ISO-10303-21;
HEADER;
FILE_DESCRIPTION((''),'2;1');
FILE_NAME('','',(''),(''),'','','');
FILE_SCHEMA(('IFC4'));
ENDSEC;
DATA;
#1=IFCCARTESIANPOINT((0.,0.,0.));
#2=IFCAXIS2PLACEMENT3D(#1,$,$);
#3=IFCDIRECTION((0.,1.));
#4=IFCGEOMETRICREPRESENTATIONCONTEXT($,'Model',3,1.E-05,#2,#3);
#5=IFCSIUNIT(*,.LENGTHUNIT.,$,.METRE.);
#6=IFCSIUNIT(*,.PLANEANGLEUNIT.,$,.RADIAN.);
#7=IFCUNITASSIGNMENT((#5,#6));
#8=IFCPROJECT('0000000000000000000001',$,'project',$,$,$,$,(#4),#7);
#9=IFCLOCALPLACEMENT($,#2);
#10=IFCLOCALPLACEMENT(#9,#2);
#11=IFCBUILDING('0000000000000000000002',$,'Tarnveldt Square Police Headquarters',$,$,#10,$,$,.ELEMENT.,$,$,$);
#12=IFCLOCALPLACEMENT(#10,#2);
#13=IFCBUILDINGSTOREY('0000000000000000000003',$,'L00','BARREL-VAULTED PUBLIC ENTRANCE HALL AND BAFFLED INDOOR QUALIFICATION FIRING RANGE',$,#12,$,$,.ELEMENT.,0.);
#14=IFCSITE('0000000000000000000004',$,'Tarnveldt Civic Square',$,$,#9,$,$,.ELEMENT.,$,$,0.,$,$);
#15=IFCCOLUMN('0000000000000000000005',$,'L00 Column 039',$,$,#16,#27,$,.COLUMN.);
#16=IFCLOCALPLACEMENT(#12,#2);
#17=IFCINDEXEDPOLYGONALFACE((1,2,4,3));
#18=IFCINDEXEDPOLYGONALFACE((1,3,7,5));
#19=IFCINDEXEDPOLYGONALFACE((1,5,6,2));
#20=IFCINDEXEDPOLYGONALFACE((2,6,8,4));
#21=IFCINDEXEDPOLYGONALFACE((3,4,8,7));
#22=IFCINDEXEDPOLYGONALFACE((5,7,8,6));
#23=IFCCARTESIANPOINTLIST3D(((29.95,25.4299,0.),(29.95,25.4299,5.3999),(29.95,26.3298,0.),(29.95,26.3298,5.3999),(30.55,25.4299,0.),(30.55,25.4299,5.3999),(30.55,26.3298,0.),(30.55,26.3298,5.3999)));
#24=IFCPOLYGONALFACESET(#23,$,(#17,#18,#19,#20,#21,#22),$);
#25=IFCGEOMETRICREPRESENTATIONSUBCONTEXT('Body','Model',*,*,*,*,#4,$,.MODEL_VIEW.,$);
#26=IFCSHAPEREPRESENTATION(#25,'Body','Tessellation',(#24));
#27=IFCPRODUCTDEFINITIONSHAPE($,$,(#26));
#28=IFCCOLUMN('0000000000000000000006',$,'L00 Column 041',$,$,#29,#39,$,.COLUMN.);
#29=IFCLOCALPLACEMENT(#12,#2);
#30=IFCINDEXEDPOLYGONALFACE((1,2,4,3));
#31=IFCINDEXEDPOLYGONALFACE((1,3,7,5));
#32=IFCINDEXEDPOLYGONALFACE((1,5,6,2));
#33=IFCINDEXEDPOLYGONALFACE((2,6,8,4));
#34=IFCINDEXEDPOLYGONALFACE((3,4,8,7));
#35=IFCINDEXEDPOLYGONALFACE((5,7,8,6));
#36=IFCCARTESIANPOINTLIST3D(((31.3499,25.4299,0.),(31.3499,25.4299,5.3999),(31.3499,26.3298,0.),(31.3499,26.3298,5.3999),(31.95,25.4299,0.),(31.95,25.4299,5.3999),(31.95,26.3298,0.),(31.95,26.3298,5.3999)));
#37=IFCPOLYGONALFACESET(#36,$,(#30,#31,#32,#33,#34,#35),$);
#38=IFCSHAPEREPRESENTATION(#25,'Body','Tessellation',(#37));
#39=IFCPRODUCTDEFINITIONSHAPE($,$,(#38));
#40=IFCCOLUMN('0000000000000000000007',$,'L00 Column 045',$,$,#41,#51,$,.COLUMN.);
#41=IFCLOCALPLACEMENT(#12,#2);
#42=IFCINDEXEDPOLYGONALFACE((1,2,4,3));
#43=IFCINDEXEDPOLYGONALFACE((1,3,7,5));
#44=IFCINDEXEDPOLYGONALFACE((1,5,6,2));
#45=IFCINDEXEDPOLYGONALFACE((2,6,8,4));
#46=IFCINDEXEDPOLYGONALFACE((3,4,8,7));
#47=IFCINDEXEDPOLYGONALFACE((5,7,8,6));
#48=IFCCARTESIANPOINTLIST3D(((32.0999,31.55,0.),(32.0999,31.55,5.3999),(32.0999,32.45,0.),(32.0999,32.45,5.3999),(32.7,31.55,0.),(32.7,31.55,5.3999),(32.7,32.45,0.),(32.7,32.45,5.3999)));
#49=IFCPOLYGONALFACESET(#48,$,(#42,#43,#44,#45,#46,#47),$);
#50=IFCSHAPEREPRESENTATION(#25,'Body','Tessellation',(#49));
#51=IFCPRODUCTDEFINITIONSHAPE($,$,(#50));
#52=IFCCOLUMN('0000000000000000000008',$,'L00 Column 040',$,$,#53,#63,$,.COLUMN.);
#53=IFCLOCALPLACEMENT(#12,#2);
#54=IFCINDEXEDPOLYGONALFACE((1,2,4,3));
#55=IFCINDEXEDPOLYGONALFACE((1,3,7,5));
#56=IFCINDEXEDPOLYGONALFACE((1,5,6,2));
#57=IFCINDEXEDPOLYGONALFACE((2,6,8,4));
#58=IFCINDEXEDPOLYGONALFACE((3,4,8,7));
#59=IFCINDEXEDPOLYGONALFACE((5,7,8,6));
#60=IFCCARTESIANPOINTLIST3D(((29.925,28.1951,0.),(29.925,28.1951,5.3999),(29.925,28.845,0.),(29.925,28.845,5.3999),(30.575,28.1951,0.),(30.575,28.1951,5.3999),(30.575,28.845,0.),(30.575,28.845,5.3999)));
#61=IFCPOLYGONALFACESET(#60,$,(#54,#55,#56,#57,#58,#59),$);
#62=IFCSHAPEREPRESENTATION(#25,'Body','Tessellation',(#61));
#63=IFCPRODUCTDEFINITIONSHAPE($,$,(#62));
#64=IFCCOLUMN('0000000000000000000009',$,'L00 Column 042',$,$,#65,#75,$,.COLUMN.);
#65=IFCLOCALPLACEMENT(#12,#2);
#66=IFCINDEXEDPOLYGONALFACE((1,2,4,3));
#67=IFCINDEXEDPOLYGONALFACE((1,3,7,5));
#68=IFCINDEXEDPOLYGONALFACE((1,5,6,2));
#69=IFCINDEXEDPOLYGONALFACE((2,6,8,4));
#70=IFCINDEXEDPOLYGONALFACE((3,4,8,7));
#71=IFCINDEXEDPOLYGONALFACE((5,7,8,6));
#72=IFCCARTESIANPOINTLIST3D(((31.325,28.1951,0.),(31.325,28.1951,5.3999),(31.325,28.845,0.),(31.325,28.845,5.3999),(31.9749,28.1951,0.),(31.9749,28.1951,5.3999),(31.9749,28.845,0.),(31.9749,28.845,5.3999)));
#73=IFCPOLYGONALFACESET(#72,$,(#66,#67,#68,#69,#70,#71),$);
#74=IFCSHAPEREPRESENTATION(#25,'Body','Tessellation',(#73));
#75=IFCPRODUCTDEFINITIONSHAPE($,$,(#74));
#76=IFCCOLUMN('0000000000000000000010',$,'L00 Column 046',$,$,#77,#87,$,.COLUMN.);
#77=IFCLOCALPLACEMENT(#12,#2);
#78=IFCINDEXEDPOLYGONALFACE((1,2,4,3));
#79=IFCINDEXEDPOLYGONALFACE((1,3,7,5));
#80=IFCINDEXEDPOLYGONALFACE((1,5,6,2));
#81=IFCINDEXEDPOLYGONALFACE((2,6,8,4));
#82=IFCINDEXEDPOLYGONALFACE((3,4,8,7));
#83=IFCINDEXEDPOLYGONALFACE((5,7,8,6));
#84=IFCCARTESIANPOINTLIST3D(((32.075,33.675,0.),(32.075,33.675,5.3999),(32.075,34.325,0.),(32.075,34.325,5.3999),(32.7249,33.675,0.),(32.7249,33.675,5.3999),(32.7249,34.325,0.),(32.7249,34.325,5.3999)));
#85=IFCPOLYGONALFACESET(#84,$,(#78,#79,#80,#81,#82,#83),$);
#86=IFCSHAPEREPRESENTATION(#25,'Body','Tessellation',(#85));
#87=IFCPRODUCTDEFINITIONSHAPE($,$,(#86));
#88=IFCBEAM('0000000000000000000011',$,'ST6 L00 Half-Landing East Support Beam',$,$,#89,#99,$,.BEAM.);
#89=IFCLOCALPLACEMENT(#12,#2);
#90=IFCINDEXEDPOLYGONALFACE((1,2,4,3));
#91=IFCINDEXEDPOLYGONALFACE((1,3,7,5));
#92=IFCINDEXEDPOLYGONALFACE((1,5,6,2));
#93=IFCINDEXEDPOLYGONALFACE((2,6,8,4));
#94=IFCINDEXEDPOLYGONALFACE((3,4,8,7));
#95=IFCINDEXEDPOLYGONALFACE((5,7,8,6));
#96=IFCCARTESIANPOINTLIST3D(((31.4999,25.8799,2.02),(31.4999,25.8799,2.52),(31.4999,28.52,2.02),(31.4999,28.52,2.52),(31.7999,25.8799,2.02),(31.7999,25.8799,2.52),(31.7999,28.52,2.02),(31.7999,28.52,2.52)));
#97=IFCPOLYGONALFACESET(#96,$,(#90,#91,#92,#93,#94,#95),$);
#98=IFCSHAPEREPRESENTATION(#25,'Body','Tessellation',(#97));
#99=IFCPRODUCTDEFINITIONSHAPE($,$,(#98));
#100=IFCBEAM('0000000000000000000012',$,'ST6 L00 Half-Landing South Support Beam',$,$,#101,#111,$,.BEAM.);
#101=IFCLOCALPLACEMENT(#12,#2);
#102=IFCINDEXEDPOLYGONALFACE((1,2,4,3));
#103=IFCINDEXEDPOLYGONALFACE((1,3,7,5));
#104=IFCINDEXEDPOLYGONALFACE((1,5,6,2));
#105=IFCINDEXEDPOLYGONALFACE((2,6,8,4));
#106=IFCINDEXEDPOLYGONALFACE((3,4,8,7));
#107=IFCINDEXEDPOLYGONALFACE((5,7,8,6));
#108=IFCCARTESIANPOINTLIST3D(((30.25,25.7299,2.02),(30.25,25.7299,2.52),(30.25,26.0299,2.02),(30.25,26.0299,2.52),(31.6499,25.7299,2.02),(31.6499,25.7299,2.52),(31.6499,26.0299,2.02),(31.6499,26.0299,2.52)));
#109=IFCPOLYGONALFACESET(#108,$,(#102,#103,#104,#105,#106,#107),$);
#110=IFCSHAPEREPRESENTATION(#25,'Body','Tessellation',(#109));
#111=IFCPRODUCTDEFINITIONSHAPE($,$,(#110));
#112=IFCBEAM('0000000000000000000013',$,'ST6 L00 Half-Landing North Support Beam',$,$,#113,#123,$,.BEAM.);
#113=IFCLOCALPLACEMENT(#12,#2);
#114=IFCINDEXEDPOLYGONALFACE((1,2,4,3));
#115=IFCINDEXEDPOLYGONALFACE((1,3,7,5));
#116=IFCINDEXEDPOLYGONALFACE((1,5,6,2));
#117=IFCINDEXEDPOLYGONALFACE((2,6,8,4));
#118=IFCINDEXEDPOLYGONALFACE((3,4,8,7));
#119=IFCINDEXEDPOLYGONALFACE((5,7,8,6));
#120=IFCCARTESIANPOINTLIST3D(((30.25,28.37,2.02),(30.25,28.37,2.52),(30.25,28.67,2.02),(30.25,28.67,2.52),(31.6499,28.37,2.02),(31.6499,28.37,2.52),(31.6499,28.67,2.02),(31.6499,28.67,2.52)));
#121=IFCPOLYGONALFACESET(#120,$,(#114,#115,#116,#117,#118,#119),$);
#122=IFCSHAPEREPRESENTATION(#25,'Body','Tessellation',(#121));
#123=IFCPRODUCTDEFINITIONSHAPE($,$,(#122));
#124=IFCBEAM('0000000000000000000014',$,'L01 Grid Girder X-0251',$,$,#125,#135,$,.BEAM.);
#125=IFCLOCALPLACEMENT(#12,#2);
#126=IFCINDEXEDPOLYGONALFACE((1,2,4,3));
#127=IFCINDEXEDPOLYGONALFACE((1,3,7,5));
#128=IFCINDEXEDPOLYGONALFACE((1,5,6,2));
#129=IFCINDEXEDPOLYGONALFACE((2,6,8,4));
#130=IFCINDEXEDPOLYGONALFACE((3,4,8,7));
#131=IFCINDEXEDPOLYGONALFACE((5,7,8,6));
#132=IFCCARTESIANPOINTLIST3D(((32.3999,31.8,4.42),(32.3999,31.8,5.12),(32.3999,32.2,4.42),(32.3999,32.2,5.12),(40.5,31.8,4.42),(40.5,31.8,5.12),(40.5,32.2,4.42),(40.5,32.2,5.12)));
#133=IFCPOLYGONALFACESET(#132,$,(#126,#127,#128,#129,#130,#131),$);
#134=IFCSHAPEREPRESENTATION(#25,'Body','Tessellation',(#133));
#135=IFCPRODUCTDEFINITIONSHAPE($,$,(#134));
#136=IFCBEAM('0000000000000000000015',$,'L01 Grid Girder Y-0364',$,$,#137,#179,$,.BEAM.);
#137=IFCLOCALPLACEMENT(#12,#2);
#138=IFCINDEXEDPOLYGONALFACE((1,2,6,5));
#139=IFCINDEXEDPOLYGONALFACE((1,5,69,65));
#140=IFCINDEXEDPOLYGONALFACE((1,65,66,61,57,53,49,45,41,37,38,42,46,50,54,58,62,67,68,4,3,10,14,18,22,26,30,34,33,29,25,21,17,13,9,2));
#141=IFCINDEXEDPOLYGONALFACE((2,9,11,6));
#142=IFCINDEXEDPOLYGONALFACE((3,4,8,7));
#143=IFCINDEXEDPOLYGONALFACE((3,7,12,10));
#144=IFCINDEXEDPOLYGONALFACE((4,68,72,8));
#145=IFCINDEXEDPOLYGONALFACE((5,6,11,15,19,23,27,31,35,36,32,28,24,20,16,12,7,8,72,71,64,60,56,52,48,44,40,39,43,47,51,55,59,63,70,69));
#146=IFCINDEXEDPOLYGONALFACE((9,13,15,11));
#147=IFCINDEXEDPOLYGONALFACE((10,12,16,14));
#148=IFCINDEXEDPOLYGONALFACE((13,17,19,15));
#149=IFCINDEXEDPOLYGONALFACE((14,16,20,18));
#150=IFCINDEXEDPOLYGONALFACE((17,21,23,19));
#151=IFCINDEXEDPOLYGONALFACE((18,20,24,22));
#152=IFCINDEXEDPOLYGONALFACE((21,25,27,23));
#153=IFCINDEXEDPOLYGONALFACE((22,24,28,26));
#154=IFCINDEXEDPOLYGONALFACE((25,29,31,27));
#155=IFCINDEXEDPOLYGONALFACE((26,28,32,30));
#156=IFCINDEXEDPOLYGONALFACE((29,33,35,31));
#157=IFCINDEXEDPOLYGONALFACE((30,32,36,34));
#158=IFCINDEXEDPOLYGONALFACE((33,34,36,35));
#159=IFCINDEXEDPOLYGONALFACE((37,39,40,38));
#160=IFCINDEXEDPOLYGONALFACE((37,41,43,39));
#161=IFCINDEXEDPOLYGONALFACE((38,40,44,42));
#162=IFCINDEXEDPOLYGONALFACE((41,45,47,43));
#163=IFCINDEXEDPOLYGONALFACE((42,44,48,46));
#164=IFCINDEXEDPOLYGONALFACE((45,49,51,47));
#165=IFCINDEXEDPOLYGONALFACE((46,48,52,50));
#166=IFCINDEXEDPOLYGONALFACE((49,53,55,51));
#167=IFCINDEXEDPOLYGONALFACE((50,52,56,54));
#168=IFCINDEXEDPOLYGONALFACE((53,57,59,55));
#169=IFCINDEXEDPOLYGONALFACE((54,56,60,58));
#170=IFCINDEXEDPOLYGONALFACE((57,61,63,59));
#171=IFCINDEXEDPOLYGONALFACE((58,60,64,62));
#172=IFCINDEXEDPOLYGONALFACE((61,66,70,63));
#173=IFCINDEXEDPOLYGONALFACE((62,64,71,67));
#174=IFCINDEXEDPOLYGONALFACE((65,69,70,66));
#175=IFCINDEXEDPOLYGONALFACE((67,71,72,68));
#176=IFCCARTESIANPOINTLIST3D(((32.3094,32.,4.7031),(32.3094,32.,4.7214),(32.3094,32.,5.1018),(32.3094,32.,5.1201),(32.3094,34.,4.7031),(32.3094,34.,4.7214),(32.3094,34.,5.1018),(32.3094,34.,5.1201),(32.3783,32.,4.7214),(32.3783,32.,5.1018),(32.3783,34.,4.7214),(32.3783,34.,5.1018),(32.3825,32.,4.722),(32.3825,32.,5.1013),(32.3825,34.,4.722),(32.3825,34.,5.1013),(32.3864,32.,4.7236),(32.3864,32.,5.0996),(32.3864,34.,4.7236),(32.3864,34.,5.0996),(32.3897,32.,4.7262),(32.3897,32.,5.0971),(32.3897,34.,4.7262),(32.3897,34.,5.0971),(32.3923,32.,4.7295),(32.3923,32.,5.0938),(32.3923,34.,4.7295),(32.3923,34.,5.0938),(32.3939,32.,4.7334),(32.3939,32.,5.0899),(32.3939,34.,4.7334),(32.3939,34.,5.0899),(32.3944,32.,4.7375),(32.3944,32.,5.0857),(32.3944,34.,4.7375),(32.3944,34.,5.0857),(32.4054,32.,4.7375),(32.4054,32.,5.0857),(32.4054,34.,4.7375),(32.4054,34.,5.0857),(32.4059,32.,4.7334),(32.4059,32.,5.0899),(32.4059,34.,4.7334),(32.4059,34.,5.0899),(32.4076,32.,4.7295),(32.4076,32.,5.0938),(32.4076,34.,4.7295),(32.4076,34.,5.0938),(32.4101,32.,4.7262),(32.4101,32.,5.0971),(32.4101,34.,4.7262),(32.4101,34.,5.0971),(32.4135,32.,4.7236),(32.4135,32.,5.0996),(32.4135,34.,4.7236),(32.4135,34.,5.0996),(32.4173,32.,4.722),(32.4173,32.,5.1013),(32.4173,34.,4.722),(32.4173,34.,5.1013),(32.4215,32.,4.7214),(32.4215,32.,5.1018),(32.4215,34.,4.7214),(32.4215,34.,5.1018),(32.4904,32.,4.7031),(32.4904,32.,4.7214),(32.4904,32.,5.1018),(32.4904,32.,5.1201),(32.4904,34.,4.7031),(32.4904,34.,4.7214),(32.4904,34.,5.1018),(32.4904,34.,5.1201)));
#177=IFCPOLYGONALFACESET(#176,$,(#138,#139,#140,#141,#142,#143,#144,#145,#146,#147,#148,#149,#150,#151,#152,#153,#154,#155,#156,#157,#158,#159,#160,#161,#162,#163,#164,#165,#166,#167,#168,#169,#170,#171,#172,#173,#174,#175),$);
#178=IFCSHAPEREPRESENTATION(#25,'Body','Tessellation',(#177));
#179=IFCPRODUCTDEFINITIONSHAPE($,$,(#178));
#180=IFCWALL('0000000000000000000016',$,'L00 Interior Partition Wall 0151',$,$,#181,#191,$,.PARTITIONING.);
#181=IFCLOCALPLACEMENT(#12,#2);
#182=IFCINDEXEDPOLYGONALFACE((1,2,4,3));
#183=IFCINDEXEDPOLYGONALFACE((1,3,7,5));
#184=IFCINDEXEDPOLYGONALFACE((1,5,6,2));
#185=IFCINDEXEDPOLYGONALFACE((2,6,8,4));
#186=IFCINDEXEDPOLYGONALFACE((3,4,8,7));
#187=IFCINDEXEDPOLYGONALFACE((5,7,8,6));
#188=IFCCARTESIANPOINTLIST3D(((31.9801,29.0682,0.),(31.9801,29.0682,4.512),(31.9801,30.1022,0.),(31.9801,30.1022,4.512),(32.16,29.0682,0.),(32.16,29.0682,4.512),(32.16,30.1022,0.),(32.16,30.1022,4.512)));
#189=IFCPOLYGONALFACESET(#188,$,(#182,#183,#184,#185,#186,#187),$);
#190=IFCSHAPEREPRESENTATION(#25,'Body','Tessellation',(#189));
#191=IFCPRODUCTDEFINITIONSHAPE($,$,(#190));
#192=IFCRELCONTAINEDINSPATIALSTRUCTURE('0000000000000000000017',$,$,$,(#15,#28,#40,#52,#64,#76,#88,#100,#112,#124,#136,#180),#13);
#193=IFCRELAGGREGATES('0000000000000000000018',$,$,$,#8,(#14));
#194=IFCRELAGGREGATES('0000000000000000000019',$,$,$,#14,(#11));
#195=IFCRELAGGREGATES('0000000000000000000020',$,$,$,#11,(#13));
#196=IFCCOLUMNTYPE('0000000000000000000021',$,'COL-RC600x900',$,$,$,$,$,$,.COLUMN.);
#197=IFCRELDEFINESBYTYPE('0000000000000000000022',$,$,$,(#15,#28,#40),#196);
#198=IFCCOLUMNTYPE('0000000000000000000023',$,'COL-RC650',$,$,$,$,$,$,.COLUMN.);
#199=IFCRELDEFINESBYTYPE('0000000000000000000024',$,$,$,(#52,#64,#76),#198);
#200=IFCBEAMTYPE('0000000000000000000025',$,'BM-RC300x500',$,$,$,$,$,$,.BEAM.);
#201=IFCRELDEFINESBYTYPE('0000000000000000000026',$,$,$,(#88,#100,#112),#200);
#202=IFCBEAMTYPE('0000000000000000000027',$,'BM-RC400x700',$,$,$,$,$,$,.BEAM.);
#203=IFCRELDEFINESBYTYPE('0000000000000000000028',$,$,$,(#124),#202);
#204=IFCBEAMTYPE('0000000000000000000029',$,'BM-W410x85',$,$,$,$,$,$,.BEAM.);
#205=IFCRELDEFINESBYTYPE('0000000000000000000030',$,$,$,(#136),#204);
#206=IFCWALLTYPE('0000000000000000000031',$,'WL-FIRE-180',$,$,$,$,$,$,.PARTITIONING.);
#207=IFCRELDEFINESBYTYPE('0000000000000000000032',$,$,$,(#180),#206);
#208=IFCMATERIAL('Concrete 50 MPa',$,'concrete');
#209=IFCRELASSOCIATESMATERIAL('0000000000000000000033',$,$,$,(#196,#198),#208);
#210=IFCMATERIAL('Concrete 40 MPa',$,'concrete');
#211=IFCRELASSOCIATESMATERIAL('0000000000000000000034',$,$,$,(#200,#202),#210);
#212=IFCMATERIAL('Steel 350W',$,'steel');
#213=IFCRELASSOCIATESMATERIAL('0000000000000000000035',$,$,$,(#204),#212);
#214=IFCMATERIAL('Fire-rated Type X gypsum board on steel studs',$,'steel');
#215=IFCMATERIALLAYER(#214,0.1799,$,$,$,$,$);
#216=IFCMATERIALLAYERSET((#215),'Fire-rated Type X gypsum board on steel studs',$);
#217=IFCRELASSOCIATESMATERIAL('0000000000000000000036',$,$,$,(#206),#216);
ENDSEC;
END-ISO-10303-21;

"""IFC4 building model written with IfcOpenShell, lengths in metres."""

from ifc_helpers import new_model, si_unit, direction, frame, frame_2d, origin, origin_2d, place, context, subcontext, project, spatial, rectangle, i_section, extrude, material, layer, layer_set, material_profile, profile_set, type_object, element, save


model = new_model("IFC4")

# Units and contexts
model_context = context("Model", 3, precision=1e-05, world=origin(), true_north=direction((0.0, 1.0)))
body_context = subcontext(model_context, "Body", "Model", "MODEL_VIEW")
ifc_project = project(units=[si_unit("LENGTHUNIT", "METRE"), si_unit("PLANEANGLEUNIT", "RADIAN")], contexts=[model_context])

# Site, building, storey
site_placement = place(None, origin())
site = spatial("IfcSite", under=ifc_project, at=site_placement, Name="Tarnveldt Civic Square", CompositionType="ELEMENT", RefElevation=0.0)
building_placement = place(site_placement, origin())
building = spatial("IfcBuilding", under=site, at=building_placement, Name="Tarnveldt Square Police Headquarters", CompositionType="ELEMENT")
storey_placement = place(building_placement, origin())
storey = spatial("IfcBuildingStorey", under=building, at=storey_placement, Name="L00", Description="BARREL-VAULTED PUBLIC ENTRANCE HALL AND BAFFLED INDOOR QUALIFICATION FIRING RANGE", CompositionType="ELEMENT", Elevation=0.0)

# Columns
ifc_material_1 = material(Name="Concrete 50 MPa", Category="concrete")
ifc_material_profile_1 = material_profile(ifc_material_1, rectangle(XDim=0.6001, YDim=0.8999, at=origin_2d()), Name="RC-C600x900")
ifc_profile_set_1 = profile_set([ifc_material_profile_1], Name="Concrete 50 MPa")
column_type_1 = type_object("IfcColumnType", Name="COL-RC600x900", PredefinedType="COLUMN", material=ifc_profile_set_1)
for number, where, z_axis, x_axis, name in (
    (1, (30.25, 25.8799, 0.0), (0.0, 0.0, 1.0), (1.0, 0.0, 0.0), "L00 Column 039"),
    (2, (31.6499, 25.8799, 0.0), (0.0, 0.0, 1.0), (1.0, 0.0, 0.0), "L00 Column 041"),
    (3, (32.3999, 32.0, 0.0), (0.0, 0.0, 1.0), (1.0, 0.0, 0.0), "L00 Column 045"),
):
    element("IfcColumn", number, at=place(storey_placement, frame(where, z_axis=z_axis, x_axis=x_axis)), inside=storey, type_object=column_type_1, Name=name, PredefinedType="COLUMN", context=body_context, shape_type="SweptSolid", body=[
        extrude(rectangle(XDim=0.6001, YDim=0.8999, at=origin_2d()), origin(), (0.0, 0.0, 1.0), 5.3999),
    ])
ifc_material_profile_2 = material_profile(ifc_material_1, rectangle(XDim=0.6499, YDim=0.6499, at=origin_2d()), Name="RC-C650x650")
ifc_profile_set_2 = profile_set([ifc_material_profile_2], Name="Concrete 50 MPa")
column_type_2 = type_object("IfcColumnType", Name="COL-RC650", PredefinedType="COLUMN", material=ifc_profile_set_2)
for number, where, z_axis, x_axis, name in (
    (4, (30.25, 28.52, 0.0), (0.0, 0.0, 1.0), (1.0, 0.0, 0.0), "L00 Column 040"),
    (5, (31.6499, 28.52, 0.0), (0.0, 0.0, 1.0), (1.0, 0.0, 0.0), "L00 Column 042"),
    (6, (32.3999, 34.0, 0.0), (0.0, 0.0, 1.0), (1.0, 0.0, 0.0), "L00 Column 046"),
):
    element("IfcColumn", number, at=place(storey_placement, frame(where, z_axis=z_axis, x_axis=x_axis)), inside=storey, type_object=column_type_2, Name=name, PredefinedType="COLUMN", context=body_context, shape_type="SweptSolid", body=[
        extrude(rectangle(XDim=0.6499, YDim=0.6499, at=origin_2d()), origin(), (0.0, 0.0, 1.0), 5.3999),
    ])

# Beams
ifc_material_2 = material(Name="Concrete 40 MPa", Category="concrete")
ifc_material_profile_3 = material_profile(ifc_material_2, rectangle(XDim=0.3, YDim=0.5, at=origin_2d()), Name="RC-B300x500")
ifc_profile_set_3 = profile_set([ifc_material_profile_3], Name="Concrete 40 MPa")
beam_type_1 = type_object("IfcBeamType", Name="BM-RC300x500", PredefinedType="BEAM", material=ifc_profile_set_3)
beam_1_placement = place(storey_placement, frame((31.6499, 25.8799, 2.27), z_axis=(0.0, 1.0, 0.0), x_axis=(-1.0, 0.0, 0.0)))
element("IfcBeam", 7, at=beam_1_placement, inside=storey, type_object=beam_type_1, Name="ST6 L00 Half-Landing East Support Beam", PredefinedType="BEAM", context=body_context, shape_type="SweptSolid", body=[
    extrude(rectangle(XDim=0.3, YDim=0.5, at=origin_2d()), origin(), (0.0, 0.0, 1.0), 2.6401),
])
for number, where, z_axis, x_axis, name in (
    (8, (30.25, 25.8799, 2.27), (1.0, 0.0, 0.0), (0.0, 1.0, 0.0), "ST6 L00 Half-Landing South Support Beam"),
    (9, (30.25, 28.52, 2.27), (1.0, 0.0, 0.0), (0.0, 1.0, 0.0), "ST6 L00 Half-Landing North Support Beam"),
):
    element("IfcBeam", number, at=place(storey_placement, frame(where, z_axis=z_axis, x_axis=x_axis)), inside=storey, type_object=beam_type_1, Name=name, PredefinedType="BEAM", context=body_context, shape_type="SweptSolid", body=[
        extrude(rectangle(XDim=0.3, YDim=0.5, at=origin_2d()), origin(), (0.0, 0.0, 1.0), 1.3999),
    ])
ifc_material_profile_4 = material_profile(ifc_material_2, rectangle(XDim=0.3999, YDim=0.7, at=origin_2d()), Name="RC-B400x700")
ifc_profile_set_4 = profile_set([ifc_material_profile_4], Name="Concrete 40 MPa")
beam_type_2 = type_object("IfcBeamType", Name="BM-RC400x700", PredefinedType="BEAM", material=ifc_profile_set_4)
beam_2_placement = place(storey_placement, frame((32.3999, 32.0, 4.77), z_axis=(1.0, 0.0, 0.0), x_axis=(0.0, 1.0, 0.0)))
element("IfcBeam", 10, at=beam_2_placement, inside=storey, type_object=beam_type_2, Name="L01 Grid Girder X-0251", PredefinedType="BEAM", context=body_context, shape_type="SweptSolid", body=[
    extrude(rectangle(XDim=0.3999, YDim=0.7, at=origin_2d()), origin(), (0.0, 0.0, 1.0), 8.1001),
])
ifc_material_3 = material(Name="Steel 350W", Category="steel")
ifc_material_profile_5 = material_profile(ifc_material_3, i_section(OverallWidth=0.1809, OverallDepth=0.417, WebThickness=0.011, FlangeThickness=0.0183, FilletRadius=0.0161, at=origin_2d()), Name="W410x85")
ifc_profile_set_5 = profile_set([ifc_material_profile_5], Name="Steel 350W")
beam_type_3 = type_object("IfcBeamType", Name="BM-W410x85", PredefinedType="BEAM", material=ifc_profile_set_5)
beam_3_placement = place(storey_placement, frame((32.3999, 32.0, 4.9116), z_axis=(0.0, 1.0, 0.0), x_axis=(-1.0, 0.0, 0.0)))
element("IfcBeam", 11, at=beam_3_placement, inside=storey, type_object=beam_type_3, Name="L01 Grid Girder Y-0364", PredefinedType="BEAM", context=body_context, shape_type="SweptSolid", body=[
    extrude(i_section(OverallWidth=0.1809, OverallDepth=0.417, WebThickness=0.011, FlangeThickness=0.0183, FilletRadius=0.0161, at=origin_2d()), origin(), (0.0, 0.0, 1.0), 2.0),
])

# Wall
ifc_material_4 = material(Name="Fire-rated Type X gypsum board on steel studs", Category="steel")
ifc_layer = layer(ifc_material_4, 0.1799)
ifc_layer_set = layer_set([ifc_layer], Name="Fire-rated Type X gypsum board on steel studs")
wall_type = type_object("IfcWallType", Name="WL-FIRE-180", PredefinedType="PARTITIONING", material=ifc_layer_set)
wall_placement = place(storey_placement, frame((32.0701, 29.0681, 0.0), z_axis=(0.0, 0.0, 1.0), x_axis=(0.0, 1.0, 0.0)))
element("IfcWall", 12, at=wall_placement, inside=storey, type_object=wall_type, Name="L00 Interior Partition Wall 0151", PredefinedType="PARTITIONING", context=body_context, shape_type="SweptSolid", body=[
    extrude(rectangle(XDim=1.0339, YDim=0.1799, at=frame_2d((0.5171, 0.0))), origin(), (0.0, 0.0, 1.0), 4.512),
])

save(model, "model.ifc")
